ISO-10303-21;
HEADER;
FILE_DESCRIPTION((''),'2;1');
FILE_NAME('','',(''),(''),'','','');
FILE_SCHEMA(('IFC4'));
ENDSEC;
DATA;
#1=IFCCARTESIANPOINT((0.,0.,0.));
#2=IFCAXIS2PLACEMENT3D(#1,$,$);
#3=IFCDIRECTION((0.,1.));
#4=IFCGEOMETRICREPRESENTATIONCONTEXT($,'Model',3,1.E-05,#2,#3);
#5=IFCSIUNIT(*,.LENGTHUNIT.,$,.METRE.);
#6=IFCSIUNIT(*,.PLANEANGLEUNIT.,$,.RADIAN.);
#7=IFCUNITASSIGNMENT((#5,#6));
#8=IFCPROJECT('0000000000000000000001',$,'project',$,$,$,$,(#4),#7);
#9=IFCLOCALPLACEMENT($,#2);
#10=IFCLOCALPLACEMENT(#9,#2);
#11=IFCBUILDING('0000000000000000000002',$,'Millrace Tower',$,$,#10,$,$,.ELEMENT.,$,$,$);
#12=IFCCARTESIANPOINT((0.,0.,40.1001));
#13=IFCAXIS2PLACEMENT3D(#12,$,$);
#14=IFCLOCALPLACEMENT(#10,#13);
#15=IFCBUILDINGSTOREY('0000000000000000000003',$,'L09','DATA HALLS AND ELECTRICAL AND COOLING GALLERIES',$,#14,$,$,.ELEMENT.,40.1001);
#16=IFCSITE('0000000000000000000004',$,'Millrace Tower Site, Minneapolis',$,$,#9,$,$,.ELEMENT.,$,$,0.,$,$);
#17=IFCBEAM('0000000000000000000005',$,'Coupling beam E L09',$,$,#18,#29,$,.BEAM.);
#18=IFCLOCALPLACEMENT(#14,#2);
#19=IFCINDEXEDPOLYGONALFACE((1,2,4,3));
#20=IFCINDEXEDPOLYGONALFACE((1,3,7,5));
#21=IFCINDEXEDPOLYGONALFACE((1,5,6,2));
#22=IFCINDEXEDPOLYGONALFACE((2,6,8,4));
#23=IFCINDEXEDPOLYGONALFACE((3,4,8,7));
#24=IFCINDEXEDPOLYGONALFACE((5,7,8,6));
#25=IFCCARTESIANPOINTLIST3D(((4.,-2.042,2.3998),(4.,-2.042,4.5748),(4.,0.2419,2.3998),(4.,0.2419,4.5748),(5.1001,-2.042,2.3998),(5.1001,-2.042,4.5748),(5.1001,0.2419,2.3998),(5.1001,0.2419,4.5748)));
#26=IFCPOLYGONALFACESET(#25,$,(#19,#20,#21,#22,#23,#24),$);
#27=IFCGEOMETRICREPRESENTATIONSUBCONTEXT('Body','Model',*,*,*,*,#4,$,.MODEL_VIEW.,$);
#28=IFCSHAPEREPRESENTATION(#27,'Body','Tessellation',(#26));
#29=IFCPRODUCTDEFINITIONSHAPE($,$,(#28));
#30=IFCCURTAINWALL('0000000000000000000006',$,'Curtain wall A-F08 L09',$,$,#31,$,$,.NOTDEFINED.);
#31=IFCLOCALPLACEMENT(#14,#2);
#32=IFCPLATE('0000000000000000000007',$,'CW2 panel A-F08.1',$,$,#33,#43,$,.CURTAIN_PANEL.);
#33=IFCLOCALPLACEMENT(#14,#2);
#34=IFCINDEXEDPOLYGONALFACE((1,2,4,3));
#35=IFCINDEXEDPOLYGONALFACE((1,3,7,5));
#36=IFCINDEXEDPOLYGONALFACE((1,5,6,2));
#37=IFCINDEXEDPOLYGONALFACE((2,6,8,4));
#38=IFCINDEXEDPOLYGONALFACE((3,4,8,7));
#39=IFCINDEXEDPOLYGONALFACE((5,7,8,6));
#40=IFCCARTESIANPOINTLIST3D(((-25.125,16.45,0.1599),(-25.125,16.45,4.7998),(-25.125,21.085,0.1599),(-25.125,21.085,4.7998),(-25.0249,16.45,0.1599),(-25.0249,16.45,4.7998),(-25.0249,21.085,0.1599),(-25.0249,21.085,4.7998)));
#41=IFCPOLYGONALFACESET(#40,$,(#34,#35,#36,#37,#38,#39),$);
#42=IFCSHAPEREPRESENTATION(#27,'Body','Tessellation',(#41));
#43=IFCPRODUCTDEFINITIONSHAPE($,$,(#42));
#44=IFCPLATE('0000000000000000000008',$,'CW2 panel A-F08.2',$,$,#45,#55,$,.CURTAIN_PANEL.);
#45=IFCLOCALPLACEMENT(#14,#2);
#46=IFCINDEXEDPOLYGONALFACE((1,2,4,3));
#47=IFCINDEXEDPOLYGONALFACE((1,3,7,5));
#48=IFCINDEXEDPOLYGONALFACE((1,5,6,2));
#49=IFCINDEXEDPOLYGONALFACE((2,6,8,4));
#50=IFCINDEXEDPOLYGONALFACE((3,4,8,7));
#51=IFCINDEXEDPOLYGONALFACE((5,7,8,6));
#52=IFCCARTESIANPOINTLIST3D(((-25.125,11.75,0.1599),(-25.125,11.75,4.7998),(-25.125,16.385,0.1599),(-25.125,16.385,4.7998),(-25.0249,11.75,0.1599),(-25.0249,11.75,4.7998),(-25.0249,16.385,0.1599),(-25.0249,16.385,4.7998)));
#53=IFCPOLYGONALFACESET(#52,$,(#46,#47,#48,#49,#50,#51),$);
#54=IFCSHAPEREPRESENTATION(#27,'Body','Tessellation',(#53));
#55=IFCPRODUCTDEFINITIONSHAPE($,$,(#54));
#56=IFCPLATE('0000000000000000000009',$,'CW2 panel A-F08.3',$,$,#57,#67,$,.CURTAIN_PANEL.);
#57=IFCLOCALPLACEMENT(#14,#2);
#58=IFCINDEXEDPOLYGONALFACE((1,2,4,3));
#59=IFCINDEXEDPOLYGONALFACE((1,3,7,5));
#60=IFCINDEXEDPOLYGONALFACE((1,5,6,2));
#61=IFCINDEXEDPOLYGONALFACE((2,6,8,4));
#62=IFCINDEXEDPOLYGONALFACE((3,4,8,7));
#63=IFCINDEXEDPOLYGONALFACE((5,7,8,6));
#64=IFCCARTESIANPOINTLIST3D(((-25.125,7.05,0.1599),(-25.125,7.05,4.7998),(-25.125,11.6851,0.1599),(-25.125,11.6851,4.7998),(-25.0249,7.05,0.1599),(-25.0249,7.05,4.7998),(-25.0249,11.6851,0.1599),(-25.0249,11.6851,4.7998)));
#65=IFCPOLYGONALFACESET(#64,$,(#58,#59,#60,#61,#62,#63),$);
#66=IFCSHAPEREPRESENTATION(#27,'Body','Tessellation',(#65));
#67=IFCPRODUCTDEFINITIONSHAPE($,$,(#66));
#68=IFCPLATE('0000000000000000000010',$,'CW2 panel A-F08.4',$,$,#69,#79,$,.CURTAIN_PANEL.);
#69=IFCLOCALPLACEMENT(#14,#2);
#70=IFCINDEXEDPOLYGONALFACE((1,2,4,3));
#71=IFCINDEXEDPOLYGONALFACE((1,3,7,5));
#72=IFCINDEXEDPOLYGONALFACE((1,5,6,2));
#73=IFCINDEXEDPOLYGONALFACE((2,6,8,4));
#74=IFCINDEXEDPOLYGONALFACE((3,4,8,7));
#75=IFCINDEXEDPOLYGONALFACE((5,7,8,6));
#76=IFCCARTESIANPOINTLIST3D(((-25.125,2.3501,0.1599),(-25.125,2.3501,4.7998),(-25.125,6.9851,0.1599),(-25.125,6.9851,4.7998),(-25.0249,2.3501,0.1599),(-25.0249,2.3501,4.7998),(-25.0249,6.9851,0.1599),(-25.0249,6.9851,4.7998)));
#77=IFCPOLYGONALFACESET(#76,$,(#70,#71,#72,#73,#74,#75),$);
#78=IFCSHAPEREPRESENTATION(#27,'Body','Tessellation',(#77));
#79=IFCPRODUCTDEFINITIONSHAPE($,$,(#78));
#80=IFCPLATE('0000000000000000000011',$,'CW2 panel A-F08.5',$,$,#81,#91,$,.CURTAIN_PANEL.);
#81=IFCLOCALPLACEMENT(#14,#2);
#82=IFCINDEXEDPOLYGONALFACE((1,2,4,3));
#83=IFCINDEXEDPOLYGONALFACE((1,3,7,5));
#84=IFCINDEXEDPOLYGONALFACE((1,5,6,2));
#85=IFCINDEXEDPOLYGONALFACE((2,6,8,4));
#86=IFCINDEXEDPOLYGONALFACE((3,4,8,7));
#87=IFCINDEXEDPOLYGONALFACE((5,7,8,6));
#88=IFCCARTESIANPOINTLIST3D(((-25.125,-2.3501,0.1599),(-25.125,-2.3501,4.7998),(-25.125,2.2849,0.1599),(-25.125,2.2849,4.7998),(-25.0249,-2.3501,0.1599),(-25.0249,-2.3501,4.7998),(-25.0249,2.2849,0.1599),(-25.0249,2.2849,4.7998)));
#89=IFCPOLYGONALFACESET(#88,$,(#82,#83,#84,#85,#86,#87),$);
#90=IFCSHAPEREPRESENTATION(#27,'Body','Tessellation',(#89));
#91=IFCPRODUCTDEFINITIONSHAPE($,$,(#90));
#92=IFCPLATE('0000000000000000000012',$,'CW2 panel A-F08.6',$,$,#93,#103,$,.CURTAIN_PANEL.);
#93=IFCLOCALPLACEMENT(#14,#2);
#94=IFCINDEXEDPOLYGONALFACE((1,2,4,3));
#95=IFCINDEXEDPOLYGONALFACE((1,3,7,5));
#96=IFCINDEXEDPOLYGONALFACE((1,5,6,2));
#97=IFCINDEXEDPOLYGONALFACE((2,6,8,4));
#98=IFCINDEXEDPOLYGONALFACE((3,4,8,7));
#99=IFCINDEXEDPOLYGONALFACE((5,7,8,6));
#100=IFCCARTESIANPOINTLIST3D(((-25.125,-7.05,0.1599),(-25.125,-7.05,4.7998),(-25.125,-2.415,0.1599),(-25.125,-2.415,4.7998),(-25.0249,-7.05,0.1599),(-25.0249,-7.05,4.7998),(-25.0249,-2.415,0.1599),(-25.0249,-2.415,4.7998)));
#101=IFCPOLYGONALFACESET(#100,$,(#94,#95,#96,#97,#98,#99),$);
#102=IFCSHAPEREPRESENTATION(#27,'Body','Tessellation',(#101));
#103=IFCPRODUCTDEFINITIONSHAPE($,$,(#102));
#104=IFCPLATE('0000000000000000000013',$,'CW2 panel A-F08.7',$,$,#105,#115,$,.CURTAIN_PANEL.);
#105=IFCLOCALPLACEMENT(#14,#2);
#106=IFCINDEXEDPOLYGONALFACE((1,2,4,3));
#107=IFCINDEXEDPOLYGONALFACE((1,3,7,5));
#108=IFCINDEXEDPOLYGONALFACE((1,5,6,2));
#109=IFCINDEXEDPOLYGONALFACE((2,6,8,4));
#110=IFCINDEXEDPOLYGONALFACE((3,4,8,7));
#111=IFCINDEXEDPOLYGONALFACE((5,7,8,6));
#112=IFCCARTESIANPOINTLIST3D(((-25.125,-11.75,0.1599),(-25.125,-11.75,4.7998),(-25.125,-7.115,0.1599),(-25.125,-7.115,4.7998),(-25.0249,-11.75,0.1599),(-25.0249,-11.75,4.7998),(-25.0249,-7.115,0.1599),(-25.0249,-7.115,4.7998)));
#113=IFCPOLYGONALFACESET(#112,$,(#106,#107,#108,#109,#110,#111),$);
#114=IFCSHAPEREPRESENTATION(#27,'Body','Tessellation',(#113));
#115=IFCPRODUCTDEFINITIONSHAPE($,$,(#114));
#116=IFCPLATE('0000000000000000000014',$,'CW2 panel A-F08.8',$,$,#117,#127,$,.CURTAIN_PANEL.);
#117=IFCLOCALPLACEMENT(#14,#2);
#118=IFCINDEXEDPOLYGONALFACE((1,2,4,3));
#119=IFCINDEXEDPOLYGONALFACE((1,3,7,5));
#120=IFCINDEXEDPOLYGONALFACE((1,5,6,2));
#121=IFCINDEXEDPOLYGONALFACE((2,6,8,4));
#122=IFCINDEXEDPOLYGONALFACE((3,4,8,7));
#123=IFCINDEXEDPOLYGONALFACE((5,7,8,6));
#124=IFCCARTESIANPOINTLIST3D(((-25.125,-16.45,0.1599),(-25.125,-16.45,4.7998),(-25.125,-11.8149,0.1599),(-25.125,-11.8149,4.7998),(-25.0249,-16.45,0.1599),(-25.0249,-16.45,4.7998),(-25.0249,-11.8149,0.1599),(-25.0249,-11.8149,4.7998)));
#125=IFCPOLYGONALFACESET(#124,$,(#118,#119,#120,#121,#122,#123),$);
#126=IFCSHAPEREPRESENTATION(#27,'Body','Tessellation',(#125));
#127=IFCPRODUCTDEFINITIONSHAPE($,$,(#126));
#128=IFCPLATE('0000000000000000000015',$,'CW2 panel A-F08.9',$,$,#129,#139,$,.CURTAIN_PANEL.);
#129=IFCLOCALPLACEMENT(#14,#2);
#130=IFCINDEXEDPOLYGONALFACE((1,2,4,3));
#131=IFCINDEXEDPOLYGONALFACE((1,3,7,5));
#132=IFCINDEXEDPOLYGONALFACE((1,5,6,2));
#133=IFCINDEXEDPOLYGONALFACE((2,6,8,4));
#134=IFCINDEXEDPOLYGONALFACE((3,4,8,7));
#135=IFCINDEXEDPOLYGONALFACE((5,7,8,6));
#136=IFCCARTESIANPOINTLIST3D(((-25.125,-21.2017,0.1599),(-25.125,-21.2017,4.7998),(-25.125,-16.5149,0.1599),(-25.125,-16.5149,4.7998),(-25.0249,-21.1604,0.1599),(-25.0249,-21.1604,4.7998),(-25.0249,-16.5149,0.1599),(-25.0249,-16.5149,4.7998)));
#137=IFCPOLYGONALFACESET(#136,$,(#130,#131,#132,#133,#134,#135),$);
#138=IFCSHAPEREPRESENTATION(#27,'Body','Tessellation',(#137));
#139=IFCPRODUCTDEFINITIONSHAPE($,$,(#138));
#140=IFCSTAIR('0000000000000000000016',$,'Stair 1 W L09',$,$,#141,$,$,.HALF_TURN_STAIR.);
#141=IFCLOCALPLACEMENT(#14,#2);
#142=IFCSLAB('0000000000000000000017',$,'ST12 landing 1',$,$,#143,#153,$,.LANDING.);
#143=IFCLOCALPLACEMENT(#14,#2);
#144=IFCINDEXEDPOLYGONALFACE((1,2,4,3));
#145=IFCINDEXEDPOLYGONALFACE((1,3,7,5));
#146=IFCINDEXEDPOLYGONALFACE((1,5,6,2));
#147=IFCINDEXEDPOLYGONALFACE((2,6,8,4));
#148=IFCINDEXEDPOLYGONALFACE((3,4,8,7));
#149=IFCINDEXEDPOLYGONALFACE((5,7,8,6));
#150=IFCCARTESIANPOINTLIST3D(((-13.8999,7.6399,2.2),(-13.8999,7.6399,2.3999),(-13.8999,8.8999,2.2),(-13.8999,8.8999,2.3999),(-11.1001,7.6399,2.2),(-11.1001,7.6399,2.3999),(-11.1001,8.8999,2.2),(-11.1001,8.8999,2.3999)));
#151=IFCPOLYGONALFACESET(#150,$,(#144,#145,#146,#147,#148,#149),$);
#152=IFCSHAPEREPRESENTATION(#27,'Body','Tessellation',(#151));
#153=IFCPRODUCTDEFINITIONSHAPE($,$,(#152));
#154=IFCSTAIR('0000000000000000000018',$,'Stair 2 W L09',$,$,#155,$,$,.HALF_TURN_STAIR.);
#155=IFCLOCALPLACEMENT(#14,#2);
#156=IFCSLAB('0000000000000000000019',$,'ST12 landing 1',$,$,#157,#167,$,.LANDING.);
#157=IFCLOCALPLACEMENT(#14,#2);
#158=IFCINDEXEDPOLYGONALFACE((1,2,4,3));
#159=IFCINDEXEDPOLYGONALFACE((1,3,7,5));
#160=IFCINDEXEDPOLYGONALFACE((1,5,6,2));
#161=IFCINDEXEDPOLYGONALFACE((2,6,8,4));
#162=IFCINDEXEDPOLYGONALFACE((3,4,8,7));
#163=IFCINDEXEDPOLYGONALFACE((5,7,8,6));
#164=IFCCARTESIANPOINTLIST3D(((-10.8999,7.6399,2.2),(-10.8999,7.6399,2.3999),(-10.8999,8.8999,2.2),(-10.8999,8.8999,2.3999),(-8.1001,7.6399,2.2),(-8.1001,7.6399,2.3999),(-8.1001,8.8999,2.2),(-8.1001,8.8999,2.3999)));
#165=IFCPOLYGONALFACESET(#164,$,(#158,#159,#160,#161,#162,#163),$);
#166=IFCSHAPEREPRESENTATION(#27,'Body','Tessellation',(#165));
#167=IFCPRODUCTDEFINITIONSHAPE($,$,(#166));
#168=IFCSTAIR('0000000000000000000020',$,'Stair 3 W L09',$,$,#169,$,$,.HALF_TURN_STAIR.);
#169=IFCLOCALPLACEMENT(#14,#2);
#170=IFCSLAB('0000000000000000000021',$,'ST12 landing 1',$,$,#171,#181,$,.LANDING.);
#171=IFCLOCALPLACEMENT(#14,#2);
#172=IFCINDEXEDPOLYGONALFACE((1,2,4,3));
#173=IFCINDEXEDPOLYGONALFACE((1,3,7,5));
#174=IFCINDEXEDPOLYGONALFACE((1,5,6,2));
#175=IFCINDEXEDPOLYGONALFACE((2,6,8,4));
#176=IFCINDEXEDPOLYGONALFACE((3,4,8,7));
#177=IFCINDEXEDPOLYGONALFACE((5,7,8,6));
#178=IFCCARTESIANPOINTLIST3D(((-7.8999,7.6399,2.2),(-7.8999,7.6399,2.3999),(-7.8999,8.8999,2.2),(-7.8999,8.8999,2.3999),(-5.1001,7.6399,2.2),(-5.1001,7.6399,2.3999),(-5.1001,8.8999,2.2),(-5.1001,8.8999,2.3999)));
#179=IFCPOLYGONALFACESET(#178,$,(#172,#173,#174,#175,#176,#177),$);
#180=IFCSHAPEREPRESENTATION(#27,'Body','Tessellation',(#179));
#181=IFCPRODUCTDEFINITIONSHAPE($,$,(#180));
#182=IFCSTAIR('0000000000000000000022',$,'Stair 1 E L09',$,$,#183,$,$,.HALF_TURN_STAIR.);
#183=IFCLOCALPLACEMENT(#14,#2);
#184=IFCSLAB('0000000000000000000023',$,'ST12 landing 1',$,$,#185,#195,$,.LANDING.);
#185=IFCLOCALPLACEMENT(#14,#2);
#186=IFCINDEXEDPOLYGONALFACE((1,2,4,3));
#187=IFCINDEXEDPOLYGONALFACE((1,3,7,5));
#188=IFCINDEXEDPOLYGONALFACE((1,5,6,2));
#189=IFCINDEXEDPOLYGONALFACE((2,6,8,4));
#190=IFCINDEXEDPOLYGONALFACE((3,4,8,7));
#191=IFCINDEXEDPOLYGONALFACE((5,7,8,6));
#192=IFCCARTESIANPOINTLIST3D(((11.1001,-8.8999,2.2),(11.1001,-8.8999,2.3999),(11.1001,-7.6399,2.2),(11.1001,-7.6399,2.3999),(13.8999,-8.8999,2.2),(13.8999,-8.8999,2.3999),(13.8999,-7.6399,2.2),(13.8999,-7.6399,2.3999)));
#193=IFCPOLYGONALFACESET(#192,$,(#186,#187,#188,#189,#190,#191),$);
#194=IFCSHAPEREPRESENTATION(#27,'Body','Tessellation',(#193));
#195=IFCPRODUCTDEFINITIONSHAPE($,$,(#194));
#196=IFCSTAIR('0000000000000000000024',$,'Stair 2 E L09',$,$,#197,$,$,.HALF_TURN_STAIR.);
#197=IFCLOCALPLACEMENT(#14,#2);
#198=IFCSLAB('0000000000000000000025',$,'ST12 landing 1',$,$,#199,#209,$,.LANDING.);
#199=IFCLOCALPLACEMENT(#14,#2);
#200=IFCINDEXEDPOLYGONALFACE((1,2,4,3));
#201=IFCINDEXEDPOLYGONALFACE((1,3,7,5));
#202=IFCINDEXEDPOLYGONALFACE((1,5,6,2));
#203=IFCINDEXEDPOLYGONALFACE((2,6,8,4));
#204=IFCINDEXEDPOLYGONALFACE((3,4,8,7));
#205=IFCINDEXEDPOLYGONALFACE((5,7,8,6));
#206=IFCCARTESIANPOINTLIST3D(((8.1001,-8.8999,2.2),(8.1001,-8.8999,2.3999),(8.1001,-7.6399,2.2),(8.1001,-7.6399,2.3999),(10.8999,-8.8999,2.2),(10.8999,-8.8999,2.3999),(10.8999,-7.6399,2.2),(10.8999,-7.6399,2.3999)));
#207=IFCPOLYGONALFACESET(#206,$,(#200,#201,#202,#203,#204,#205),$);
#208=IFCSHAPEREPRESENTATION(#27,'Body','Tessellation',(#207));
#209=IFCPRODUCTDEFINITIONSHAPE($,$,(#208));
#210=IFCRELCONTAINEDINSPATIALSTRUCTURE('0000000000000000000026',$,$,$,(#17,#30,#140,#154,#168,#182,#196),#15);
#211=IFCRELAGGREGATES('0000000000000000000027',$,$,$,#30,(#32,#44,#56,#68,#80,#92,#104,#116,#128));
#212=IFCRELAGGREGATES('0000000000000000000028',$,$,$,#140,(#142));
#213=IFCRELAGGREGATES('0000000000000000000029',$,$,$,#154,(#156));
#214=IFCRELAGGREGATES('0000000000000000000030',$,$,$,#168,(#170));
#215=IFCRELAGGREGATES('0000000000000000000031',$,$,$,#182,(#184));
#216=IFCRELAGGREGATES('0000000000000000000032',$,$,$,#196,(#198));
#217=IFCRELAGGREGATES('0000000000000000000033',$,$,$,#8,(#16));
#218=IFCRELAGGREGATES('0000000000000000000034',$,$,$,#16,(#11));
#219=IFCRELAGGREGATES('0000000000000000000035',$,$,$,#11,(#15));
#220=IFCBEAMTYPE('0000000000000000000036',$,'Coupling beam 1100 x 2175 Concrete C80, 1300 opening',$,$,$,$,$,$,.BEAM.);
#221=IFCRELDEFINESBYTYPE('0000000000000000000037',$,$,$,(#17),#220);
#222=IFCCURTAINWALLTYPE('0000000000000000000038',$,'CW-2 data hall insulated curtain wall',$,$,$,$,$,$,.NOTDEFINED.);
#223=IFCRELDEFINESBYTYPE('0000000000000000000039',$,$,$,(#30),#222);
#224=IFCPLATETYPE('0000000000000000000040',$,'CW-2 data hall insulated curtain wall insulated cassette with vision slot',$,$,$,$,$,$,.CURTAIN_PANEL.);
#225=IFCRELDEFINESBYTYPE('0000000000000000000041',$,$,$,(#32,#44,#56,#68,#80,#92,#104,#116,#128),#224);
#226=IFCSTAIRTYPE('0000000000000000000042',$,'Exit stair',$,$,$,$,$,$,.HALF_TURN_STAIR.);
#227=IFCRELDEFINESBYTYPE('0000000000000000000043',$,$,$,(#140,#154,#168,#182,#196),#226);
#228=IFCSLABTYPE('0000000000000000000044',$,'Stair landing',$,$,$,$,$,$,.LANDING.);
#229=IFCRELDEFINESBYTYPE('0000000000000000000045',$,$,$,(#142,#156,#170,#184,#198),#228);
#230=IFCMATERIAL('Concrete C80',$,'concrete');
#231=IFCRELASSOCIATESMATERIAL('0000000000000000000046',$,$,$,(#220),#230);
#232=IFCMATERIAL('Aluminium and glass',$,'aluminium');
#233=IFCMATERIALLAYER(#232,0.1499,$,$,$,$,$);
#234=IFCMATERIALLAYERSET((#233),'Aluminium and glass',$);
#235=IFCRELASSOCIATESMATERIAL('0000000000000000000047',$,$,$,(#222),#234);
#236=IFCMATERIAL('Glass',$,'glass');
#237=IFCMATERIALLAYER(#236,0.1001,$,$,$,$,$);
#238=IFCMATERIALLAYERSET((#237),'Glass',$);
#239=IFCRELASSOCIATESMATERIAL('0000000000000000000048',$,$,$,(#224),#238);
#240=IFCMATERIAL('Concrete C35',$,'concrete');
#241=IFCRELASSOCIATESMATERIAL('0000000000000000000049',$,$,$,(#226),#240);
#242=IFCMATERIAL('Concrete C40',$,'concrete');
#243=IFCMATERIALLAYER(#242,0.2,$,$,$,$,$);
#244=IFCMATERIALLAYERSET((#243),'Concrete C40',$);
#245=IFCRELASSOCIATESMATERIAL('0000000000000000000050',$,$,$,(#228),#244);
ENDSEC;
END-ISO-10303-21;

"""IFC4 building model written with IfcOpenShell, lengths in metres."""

from ifc_helpers import new_model, si_unit, direction, frame, origin, origin_2d, place, context, subcontext, project, spatial, polyline, rectangle, outline, extrude, material, layer, layer_set, material_profile, profile_set, type_object, element, aggregate, save


model = new_model("IFC4")

# Units and contexts
model_context = context("Model", 3, precision=1e-05, world=origin(), true_north=direction((0.0, 1.0)))
body_context = subcontext(model_context, "Body", "Model", "MODEL_VIEW")
ifc_project = project(units=[si_unit("LENGTHUNIT", "METRE"), si_unit("PLANEANGLEUNIT", "RADIAN")], contexts=[model_context])

# Site, building, storey
site_placement = place(None, origin())
site = spatial("IfcSite", under=ifc_project, at=site_placement, Name="Millrace Tower Site, Minneapolis", CompositionType="ELEMENT", RefElevation=0.0)
building_placement = place(site_placement, origin())
building = spatial("IfcBuilding", under=site, at=building_placement, Name="Millrace Tower", CompositionType="ELEMENT")
storey_placement = place(building_placement, frame((0.0, 0.0, 40.1001)))
storey = spatial("IfcBuildingStorey", under=building, at=storey_placement, Name="L09", Description="DATA HALLS AND ELECTRICAL AND COOLING GALLERIES", CompositionType="ELEMENT", Elevation=40.1001)

# Beam
ifc_material_1 = material(Name="Concrete C80", Category="concrete")
ifc_material_profile = material_profile(ifc_material_1, rectangle(XDim=1.1001, YDim=2.175, at=origin_2d()))
ifc_profile_set = profile_set([ifc_material_profile], Name="Concrete C80")
beam_type = type_object("IfcBeamType", Name="Coupling beam 1100 x 2175 Concrete C80, 1300 opening", PredefinedType="BEAM", material=ifc_profile_set)
beam_placement = place(storey_placement, frame((4.55, 0.2419, 3.4873), z_axis=(0.0, -1.0, 0.0), x_axis=(1.0, 0.0, 0.0)))
element("IfcBeam", 1, at=beam_placement, inside=storey, type_object=beam_type, Name="Coupling beam E L09", PredefinedType="BEAM", context=body_context, shape_type="SweptSolid", body=[
    extrude(rectangle(XDim=1.1001, YDim=2.175, at=origin_2d()), origin(), (0.0, 0.0, 1.0), 2.2839),
])

# Curtain wall, plates
ifc_material_2 = material(Name="Aluminium and glass", Category="aluminium")
ifc_layer_1 = layer(ifc_material_2, 0.1499)
ifc_layer_set_1 = layer_set([ifc_layer_1], Name="Aluminium and glass")
curtain_wall_type = type_object("IfcCurtainWallType", Name="CW-2 data hall insulated curtain wall", PredefinedType="NOTDEFINED", material=ifc_layer_set_1)
placement_1 = place(storey_placement, origin())
curtain_wall = element("IfcCurtainWall", 2, at=placement_1, inside=storey, type_object=curtain_wall_type, Name="Curtain wall A-F08 L09", PredefinedType="NOTDEFINED")
ifc_material_3 = material(Name="Glass", Category="glass")
ifc_layer_2 = layer(ifc_material_3, 0.1001)
ifc_layer_set_2 = layer_set([ifc_layer_2], Name="Glass")
plate_type = type_object("IfcPlateType", Name="CW-2 data hall insulated curtain wall insulated cassette with vision slot", PredefinedType="CURTAIN_PANEL", material=ifc_layer_set_2)
placement_2 = place(storey_placement, frame((0.0, 0.0, 0.1599)))
plate_1 = element("IfcPlate", 3, at=placement_2, type_object=plate_type, Name="CW2 panel A-F08.1", PredefinedType="CURTAIN_PANEL", context=body_context, shape_type="SweptSolid", body=[
    extrude(outline(polyline([(-25.125, 21.085), (-25.125, 16.45), (-25.0249, 16.45), (-25.0249, 21.085), (-25.125, 21.085)])), origin(), (0.0, 0.0, 1.0), 4.6399),
])
plate_2 = element("IfcPlate", 4, at=placement_2, type_object=plate_type, Name="CW2 panel A-F08.2", PredefinedType="CURTAIN_PANEL", context=body_context, shape_type="SweptSolid", body=[
    extrude(outline(polyline([(-25.125, 16.385), (-25.125, 11.75), (-25.0249, 11.75), (-25.0249, 16.385), (-25.125, 16.385)])), origin(), (0.0, 0.0, 1.0), 4.6399),
])
plate_3 = element("IfcPlate", 5, at=placement_2, type_object=plate_type, Name="CW2 panel A-F08.3", PredefinedType="CURTAIN_PANEL", context=body_context, shape_type="SweptSolid", body=[
    extrude(outline(polyline([(-25.125, 11.6851), (-25.125, 7.05), (-25.0249, 7.05), (-25.0249, 11.6851), (-25.125, 11.6851)])), origin(), (0.0, 0.0, 1.0), 4.6399),
])
plate_4 = element("IfcPlate", 6, at=placement_2, type_object=plate_type, Name="CW2 panel A-F08.4", PredefinedType="CURTAIN_PANEL", context=body_context, shape_type="SweptSolid", body=[
    extrude(outline(polyline([(-25.125, 6.9851), (-25.125, 2.3501), (-25.0249, 2.3501), (-25.0249, 6.9851), (-25.125, 6.9851)])), origin(), (0.0, 0.0, 1.0), 4.6399),
])
plate_5 = element("IfcPlate", 7, at=placement_2, type_object=plate_type, Name="CW2 panel A-F08.5", PredefinedType="CURTAIN_PANEL", context=body_context, shape_type="SweptSolid", body=[
    extrude(outline(polyline([(-25.125, 2.2849), (-25.125, -2.3501), (-25.0249, -2.3501), (-25.0249, 2.2849), (-25.125, 2.2849)])), origin(), (0.0, 0.0, 1.0), 4.6399),
])
plate_6 = element("IfcPlate", 8, at=placement_2, type_object=plate_type, Name="CW2 panel A-F08.6", PredefinedType="CURTAIN_PANEL", context=body_context, shape_type="SweptSolid", body=[
    extrude(outline(polyline([(-25.125, -2.415), (-25.125, -7.05), (-25.0249, -7.05), (-25.0249, -2.415), (-25.125, -2.415)])), origin(), (0.0, 0.0, 1.0), 4.6399),
])
plate_7 = element("IfcPlate", 9, at=placement_2, type_object=plate_type, Name="CW2 panel A-F08.7", PredefinedType="CURTAIN_PANEL", context=body_context, shape_type="SweptSolid", body=[
    extrude(outline(polyline([(-25.125, -7.115), (-25.125, -11.75), (-25.0249, -11.75), (-25.0249, -7.115), (-25.125, -7.115)])), origin(), (0.0, 0.0, 1.0), 4.6399),
])
plate_8 = element("IfcPlate", 10, at=placement_2, type_object=plate_type, Name="CW2 panel A-F08.8", PredefinedType="CURTAIN_PANEL", context=body_context, shape_type="SweptSolid", body=[
    extrude(outline(polyline([(-25.125, -11.8149), (-25.125, -16.45), (-25.0249, -16.45), (-25.0249, -11.8149), (-25.125, -11.8149)])), origin(), (0.0, 0.0, 1.0), 4.6399),
])
plate_9 = element("IfcPlate", 11, at=placement_2, type_object=plate_type, Name="CW2 panel A-F08.9", PredefinedType="CURTAIN_PANEL", context=body_context, shape_type="SweptSolid", body=[
    extrude(outline(polyline([(-25.125, -16.5149), (-25.125, -21.2017), (-25.0249, -21.1604), (-25.0249, -16.5149), (-25.125, -16.5149)])), origin(), (0.0, 0.0, 1.0), 4.6399),
])
aggregate(curtain_wall, [plate_1, plate_2, plate_3, plate_4, plate_5, plate_6, plate_7, plate_8, plate_9])

# Stairs, slabs
ifc_material_4 = material(Name="Concrete C35", Category="concrete")
stair_type = type_object("IfcStairType", Name="Exit stair", PredefinedType="HALF_TURN_STAIR", material=ifc_material_4)
stair_1 = element("IfcStair", 12, at=placement_1, inside=storey, type_object=stair_type, Name="Stair 1 W L09", PredefinedType="HALF_TURN_STAIR")
ifc_material_5 = material(Name="Concrete C40", Category="concrete")
ifc_layer_3 = layer(ifc_material_5, 0.2)
ifc_layer_set_3 = layer_set([ifc_layer_3], Name="Concrete C40")
slab_type = type_object("IfcSlabType", Name="Stair landing", PredefinedType="LANDING", material=ifc_layer_set_3)
placement_3 = place(storey_placement, frame((0.0, 0.0, 2.2)))
slab_1 = element("IfcSlab", 13, at=placement_3, type_object=slab_type, Name="ST12 landing 1", PredefinedType="LANDING", context=body_context, shape_type="SweptSolid", body=[
    extrude(outline(polyline([(-13.8999, 7.6399), (-11.1001, 7.6399), (-11.1001, 8.8999), (-13.8999, 8.8999), (-13.8999, 7.6399)])), origin(), (0.0, 0.0, 1.0), 0.2),
])
aggregate(stair_1, [slab_1])
stair_2 = element("IfcStair", 14, at=placement_1, inside=storey, type_object=stair_type, Name="Stair 2 W L09", PredefinedType="HALF_TURN_STAIR")
slab_2 = element("IfcSlab", 15, at=placement_3, type_object=slab_type, Name="ST12 landing 1", PredefinedType="LANDING", context=body_context, shape_type="SweptSolid", body=[
    extrude(outline(polyline([(-10.8999, 7.6399), (-8.1001, 7.6399), (-8.1001, 8.8999), (-10.8999, 8.8999), (-10.8999, 7.6399)])), origin(), (0.0, 0.0, 1.0), 0.2),
])
aggregate(stair_2, [slab_2])
stair_3 = element("IfcStair", 16, at=placement_1, inside=storey, type_object=stair_type, Name="Stair 3 W L09", PredefinedType="HALF_TURN_STAIR")
slab_3 = element("IfcSlab", 17, at=placement_3, type_object=slab_type, Name="ST12 landing 1", PredefinedType="LANDING", context=body_context, shape_type="SweptSolid", body=[
    extrude(outline(polyline([(-7.8999, 7.6399), (-5.1001, 7.6399), (-5.1001, 8.8999), (-7.8999, 8.8999), (-7.8999, 7.6399)])), origin(), (0.0, 0.0, 1.0), 0.2),
])
aggregate(stair_3, [slab_3])
stair_4 = element("IfcStair", 18, at=placement_1, inside=storey, type_object=stair_type, Name="Stair 1 E L09", PredefinedType="HALF_TURN_STAIR")
slab_4 = element("IfcSlab", 19, at=placement_3, type_object=slab_type, Name="ST12 landing 1", PredefinedType="LANDING", context=body_context, shape_type="SweptSolid", body=[
    extrude(outline(polyline([(11.1001, -8.8999), (13.8999, -8.8999), (13.8999, -7.6399), (11.1001, -7.6399), (11.1001, -8.8999)])), origin(), (0.0, 0.0, 1.0), 0.2),
])
aggregate(stair_4, [slab_4])
stair_5 = element("IfcStair", 20, at=placement_1, inside=storey, type_object=stair_type, Name="Stair 2 E L09", PredefinedType="HALF_TURN_STAIR")
slab_5 = element("IfcSlab", 21, at=placement_3, type_object=slab_type, Name="ST12 landing 1", PredefinedType="LANDING", context=body_context, shape_type="SweptSolid", body=[
    extrude(outline(polyline([(8.1001, -8.8999), (10.8999, -8.8999), (10.8999, -7.6399), (8.1001, -7.6399), (8.1001, -8.8999)])), origin(), (0.0, 0.0, 1.0), 0.2),
])
aggregate(stair_5, [slab_5])

save(model, "model.ifc")
